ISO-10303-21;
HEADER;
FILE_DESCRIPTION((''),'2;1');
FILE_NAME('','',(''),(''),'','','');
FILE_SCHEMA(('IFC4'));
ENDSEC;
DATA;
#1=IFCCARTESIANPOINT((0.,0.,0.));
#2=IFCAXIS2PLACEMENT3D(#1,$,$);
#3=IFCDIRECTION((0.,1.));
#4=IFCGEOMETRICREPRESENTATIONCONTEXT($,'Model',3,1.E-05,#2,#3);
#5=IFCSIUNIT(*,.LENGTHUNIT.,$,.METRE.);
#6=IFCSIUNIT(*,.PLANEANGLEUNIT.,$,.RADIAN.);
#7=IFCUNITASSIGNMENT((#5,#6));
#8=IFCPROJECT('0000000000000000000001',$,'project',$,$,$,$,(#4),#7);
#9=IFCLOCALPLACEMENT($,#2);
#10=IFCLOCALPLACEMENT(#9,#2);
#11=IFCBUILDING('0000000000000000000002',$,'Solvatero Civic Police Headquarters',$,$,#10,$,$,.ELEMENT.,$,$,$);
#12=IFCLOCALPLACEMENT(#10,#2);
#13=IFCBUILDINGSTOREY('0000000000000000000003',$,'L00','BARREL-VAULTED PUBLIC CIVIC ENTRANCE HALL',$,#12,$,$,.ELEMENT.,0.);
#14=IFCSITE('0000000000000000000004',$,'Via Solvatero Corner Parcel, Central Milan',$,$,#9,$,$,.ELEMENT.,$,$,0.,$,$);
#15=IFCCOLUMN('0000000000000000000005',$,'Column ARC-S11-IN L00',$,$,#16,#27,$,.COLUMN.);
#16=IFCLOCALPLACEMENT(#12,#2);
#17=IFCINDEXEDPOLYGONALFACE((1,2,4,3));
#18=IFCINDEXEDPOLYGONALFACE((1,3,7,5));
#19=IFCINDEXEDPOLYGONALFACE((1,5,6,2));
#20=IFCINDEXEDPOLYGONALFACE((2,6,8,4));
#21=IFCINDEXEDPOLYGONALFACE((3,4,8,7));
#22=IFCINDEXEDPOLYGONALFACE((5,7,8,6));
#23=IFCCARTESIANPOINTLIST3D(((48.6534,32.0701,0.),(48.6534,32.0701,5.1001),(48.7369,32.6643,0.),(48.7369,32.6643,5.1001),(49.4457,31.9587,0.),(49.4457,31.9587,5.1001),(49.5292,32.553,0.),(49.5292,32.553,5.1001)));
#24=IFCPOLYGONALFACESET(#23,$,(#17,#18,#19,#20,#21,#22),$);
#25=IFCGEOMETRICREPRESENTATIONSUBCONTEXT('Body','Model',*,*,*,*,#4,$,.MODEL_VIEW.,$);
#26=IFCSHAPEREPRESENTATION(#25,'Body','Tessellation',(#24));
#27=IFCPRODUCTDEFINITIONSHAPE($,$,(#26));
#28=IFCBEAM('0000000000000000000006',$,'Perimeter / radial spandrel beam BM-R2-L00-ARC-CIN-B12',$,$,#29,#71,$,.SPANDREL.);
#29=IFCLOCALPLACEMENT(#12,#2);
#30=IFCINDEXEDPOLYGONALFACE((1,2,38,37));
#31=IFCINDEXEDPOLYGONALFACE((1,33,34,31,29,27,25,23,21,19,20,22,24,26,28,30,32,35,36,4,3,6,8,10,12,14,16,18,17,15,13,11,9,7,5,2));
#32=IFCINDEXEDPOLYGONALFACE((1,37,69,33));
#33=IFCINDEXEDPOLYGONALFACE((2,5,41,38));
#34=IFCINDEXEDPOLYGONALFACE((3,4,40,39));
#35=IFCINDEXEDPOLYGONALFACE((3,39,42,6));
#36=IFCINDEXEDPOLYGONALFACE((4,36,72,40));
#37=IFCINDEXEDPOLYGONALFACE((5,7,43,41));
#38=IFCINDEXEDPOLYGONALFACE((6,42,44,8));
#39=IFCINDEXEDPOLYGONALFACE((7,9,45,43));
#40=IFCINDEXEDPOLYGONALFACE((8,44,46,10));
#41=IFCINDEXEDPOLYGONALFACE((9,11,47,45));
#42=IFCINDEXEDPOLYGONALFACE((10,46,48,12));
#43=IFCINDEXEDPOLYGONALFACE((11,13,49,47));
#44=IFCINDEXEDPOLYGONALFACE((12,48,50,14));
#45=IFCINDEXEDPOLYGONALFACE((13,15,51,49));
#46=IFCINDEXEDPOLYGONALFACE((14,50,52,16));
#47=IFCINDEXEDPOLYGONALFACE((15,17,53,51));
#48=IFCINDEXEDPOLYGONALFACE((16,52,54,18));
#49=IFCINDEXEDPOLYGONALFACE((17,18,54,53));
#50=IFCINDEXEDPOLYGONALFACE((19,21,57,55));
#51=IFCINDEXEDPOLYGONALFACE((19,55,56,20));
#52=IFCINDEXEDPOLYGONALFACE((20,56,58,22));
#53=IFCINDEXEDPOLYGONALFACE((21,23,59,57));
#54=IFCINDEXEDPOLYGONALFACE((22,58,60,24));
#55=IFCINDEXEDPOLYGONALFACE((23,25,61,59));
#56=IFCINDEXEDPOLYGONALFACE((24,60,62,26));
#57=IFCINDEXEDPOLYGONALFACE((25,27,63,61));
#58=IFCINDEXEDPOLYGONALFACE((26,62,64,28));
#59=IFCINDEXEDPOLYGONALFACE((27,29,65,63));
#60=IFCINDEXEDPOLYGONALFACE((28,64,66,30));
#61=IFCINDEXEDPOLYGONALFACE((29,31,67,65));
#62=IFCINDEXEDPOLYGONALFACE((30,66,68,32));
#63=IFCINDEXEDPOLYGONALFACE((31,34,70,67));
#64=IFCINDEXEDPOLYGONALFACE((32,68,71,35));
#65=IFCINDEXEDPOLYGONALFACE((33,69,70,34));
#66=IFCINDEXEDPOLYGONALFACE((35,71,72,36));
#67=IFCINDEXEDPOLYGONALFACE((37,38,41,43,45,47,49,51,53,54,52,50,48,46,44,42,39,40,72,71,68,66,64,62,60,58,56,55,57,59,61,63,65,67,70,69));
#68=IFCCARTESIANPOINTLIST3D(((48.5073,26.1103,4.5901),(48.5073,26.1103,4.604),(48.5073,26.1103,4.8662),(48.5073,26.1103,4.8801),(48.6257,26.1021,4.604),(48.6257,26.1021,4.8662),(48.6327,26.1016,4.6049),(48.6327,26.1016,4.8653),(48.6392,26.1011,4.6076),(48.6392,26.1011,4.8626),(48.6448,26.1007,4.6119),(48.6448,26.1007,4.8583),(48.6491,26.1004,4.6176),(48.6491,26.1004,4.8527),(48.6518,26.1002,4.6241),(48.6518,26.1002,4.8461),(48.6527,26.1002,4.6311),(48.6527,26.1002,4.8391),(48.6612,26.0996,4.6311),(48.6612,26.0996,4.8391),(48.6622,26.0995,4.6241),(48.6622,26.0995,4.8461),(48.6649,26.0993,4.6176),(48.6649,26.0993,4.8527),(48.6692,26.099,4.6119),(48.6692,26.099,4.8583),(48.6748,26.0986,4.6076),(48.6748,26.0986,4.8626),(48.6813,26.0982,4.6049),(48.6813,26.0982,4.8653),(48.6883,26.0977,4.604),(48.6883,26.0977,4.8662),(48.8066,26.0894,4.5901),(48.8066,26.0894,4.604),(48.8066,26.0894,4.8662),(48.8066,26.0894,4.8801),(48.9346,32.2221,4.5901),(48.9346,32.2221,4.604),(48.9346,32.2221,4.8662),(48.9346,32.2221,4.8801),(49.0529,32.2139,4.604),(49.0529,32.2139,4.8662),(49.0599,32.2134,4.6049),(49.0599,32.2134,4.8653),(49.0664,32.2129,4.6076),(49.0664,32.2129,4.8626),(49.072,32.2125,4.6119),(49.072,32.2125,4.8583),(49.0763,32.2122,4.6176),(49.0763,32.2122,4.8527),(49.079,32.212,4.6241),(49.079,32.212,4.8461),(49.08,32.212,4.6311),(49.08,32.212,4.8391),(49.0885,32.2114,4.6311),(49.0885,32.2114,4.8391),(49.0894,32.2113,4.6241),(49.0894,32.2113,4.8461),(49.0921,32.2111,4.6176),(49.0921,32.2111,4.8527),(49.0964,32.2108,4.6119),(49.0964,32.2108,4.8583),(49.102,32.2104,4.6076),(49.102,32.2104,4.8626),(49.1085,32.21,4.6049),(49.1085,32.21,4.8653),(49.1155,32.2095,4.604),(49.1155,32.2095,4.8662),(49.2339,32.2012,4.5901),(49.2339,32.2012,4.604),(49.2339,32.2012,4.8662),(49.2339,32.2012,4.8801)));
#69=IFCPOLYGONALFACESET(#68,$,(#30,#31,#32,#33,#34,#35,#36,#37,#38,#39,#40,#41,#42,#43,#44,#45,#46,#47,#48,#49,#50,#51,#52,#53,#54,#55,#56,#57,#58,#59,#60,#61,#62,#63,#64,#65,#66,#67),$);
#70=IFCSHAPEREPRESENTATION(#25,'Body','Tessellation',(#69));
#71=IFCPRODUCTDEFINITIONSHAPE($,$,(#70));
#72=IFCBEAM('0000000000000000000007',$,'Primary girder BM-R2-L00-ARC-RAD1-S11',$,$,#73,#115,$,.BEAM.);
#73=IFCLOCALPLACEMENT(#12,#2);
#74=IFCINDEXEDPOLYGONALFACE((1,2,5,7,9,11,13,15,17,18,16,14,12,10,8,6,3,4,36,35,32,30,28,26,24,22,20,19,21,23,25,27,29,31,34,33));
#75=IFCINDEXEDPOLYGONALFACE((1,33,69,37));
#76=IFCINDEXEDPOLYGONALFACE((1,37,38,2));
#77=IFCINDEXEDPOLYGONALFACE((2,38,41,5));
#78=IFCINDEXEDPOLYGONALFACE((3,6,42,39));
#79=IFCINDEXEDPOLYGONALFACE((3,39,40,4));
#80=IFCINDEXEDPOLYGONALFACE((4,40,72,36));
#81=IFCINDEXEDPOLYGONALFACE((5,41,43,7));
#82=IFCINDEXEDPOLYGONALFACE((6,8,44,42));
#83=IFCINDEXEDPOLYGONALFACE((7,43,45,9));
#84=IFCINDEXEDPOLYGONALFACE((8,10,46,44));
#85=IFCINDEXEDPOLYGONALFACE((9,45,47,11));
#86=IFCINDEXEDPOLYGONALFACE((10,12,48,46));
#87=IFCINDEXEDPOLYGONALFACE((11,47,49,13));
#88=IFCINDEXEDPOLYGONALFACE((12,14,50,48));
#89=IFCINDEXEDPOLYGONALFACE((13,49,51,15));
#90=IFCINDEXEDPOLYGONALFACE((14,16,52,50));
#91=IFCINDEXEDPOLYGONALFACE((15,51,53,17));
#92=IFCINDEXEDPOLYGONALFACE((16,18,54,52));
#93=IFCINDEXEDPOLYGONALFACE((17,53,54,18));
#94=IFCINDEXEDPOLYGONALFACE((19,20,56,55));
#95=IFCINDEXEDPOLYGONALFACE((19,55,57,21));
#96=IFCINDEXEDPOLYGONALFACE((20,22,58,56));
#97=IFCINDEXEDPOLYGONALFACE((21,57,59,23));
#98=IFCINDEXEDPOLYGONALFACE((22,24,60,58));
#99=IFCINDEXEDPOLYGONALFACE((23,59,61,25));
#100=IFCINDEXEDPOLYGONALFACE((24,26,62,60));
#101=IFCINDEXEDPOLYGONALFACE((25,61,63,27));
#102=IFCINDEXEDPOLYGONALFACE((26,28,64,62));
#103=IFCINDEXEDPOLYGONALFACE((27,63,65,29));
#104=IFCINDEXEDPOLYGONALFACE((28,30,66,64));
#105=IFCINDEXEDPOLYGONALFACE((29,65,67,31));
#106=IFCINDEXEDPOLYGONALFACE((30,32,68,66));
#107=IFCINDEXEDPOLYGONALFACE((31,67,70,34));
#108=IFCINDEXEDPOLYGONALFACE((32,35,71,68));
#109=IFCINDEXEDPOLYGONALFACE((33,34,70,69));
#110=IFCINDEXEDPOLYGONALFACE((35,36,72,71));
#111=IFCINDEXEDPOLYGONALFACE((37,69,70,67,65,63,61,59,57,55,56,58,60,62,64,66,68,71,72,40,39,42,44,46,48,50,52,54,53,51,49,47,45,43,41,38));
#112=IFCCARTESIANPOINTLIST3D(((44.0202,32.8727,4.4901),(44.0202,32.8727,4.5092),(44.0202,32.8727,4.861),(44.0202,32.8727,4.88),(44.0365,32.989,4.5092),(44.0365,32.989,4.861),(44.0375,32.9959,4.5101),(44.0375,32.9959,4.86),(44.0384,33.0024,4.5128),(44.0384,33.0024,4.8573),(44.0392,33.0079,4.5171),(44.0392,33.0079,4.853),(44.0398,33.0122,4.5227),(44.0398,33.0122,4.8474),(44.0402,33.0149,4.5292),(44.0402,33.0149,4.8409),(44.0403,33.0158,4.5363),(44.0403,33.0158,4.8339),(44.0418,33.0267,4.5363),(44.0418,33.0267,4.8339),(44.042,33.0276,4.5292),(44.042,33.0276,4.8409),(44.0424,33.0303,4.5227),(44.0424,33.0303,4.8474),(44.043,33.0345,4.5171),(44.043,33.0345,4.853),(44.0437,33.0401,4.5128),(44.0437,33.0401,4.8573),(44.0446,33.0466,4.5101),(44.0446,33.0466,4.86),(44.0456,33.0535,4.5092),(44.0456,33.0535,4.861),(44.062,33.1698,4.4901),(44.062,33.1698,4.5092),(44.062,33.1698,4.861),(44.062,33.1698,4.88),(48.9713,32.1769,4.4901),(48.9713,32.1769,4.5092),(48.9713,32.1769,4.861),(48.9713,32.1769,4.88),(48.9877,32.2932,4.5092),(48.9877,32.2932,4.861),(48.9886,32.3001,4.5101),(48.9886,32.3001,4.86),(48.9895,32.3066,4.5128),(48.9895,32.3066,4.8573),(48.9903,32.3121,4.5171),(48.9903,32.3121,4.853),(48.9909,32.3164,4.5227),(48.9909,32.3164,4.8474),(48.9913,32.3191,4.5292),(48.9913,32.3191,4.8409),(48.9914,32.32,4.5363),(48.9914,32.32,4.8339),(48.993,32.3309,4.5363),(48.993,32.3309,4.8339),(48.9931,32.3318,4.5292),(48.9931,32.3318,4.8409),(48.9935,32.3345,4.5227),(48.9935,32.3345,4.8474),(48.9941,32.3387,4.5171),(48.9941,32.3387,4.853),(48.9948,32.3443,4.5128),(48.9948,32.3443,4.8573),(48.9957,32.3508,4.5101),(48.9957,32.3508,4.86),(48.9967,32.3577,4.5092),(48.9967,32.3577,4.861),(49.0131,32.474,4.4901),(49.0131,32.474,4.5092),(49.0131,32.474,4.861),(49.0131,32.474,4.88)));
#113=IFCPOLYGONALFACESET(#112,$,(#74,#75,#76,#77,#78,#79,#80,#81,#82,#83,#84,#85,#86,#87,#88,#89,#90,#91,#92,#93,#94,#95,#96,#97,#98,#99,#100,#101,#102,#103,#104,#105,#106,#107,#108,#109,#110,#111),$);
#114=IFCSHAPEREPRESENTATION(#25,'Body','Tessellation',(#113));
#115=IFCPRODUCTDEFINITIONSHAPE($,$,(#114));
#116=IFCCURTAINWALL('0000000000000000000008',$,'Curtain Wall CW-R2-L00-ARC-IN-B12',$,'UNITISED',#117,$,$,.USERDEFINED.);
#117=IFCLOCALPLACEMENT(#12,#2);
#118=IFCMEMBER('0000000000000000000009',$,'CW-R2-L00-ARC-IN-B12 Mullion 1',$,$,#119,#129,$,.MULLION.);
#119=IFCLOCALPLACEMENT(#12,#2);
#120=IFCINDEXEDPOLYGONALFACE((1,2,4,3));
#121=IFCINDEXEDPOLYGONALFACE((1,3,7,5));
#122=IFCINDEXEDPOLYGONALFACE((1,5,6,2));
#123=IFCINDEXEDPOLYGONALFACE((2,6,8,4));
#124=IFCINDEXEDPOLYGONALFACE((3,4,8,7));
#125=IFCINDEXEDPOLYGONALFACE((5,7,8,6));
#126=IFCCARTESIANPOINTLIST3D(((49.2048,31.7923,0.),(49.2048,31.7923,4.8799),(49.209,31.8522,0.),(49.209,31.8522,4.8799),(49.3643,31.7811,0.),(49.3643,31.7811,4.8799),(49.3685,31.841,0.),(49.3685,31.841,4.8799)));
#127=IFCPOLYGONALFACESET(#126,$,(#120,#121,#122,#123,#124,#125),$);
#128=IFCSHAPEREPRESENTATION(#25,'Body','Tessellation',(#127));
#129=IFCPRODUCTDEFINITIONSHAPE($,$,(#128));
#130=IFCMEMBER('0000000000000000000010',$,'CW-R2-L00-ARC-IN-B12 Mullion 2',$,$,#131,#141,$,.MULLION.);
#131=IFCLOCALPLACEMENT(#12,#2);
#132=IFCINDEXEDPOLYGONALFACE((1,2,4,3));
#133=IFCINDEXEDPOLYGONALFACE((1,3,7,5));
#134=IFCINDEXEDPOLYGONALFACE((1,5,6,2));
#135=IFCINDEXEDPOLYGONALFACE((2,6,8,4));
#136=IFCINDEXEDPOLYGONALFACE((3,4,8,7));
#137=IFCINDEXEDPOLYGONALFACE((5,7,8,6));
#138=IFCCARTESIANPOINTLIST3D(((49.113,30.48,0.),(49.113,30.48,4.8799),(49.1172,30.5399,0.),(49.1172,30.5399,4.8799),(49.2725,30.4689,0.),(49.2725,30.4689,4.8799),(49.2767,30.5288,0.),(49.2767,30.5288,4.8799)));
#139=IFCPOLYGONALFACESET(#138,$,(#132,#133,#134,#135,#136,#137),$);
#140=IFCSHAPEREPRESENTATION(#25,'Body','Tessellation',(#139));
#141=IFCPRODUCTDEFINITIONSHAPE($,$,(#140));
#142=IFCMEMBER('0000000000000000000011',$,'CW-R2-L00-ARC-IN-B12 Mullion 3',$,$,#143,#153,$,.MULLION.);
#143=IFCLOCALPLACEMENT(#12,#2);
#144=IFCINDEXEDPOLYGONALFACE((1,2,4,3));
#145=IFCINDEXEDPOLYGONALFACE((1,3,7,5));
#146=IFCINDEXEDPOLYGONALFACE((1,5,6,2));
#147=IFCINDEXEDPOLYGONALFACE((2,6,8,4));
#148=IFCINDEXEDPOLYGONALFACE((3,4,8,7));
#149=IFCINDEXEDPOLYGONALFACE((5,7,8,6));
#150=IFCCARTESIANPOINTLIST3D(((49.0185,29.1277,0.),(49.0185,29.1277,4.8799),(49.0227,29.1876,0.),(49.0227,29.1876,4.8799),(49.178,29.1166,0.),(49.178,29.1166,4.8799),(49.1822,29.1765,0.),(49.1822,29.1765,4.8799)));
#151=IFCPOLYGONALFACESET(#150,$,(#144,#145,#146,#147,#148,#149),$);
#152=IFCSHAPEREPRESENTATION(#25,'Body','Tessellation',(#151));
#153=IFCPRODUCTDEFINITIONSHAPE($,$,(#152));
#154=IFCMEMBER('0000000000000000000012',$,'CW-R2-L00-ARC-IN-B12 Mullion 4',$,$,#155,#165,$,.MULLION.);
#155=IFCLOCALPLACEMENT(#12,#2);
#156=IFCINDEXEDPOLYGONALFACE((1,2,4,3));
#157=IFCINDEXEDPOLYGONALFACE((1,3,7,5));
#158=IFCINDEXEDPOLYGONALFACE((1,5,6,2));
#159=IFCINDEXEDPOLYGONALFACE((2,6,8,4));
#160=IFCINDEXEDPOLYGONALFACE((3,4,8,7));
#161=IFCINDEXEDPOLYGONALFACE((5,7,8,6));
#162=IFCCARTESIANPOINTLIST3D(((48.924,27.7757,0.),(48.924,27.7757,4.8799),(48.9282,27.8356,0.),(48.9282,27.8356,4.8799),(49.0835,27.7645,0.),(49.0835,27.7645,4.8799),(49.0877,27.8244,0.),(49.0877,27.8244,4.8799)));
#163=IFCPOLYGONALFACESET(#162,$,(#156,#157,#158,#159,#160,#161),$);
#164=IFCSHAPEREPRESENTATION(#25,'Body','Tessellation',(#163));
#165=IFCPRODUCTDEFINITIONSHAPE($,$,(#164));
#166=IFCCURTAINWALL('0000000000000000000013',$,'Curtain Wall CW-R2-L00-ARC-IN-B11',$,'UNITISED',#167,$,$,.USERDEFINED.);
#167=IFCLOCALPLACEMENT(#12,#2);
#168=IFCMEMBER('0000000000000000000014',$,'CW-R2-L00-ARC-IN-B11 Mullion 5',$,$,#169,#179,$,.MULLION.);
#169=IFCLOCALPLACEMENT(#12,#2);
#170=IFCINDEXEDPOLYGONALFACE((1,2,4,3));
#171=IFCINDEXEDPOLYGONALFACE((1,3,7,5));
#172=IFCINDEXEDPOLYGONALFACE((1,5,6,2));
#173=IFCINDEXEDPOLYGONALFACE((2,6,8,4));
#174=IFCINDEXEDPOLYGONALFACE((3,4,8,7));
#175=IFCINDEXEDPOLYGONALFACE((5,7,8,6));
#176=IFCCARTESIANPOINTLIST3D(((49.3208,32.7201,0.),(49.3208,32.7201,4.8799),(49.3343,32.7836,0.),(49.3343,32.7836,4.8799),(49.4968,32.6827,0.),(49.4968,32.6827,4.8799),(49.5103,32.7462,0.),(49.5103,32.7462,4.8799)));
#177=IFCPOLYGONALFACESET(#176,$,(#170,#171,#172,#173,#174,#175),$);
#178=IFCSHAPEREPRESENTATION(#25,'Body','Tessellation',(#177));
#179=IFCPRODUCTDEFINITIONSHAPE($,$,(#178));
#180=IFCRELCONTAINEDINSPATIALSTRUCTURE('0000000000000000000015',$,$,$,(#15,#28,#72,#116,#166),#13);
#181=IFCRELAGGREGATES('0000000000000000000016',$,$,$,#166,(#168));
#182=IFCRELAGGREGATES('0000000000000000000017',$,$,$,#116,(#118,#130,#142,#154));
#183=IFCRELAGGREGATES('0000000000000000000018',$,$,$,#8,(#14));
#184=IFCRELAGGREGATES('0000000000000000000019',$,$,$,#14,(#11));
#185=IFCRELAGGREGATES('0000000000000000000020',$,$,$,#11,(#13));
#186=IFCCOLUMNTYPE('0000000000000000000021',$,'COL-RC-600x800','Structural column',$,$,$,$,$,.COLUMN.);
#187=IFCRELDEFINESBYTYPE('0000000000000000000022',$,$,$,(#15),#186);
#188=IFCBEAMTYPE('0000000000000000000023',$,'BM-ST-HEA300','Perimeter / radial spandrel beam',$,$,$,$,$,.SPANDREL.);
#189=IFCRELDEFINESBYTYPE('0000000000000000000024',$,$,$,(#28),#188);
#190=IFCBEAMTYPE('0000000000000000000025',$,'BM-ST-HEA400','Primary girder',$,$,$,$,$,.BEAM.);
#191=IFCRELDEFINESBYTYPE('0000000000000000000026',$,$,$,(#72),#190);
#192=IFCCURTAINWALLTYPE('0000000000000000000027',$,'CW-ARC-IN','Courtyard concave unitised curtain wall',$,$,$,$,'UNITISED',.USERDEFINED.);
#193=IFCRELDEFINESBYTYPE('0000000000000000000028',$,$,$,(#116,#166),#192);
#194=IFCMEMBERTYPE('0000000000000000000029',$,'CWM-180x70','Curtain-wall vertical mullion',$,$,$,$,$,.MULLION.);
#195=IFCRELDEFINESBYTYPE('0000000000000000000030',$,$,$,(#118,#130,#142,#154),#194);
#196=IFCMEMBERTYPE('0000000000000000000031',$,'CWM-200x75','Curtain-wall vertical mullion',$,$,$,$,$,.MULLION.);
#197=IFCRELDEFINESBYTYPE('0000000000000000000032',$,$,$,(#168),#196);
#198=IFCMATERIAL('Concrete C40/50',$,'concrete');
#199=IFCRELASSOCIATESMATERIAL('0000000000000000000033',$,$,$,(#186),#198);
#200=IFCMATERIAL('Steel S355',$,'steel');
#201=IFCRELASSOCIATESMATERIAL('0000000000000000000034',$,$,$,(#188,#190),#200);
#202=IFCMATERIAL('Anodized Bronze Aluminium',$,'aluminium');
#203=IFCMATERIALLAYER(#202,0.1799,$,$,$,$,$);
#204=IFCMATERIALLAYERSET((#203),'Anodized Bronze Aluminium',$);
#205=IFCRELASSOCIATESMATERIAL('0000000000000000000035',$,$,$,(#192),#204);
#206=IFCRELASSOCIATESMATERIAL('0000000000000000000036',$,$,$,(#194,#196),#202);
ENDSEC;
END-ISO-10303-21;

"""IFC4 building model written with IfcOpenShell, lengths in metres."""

from ifc_helpers import new_model, si_unit, direction, frame, origin, origin_2d, place, context, subcontext, project, spatial, rectangle, i_section, extrude, material, layer, layer_set, material_profile, profile_set, type_object, element, aggregate, save


model = new_model("IFC4")

# Units and contexts
model_context = context("Model", 3, precision=1e-05, world=origin(), true_north=direction((0.0, 1.0)))
body_context = subcontext(model_context, "Body", "Model", "MODEL_VIEW")
ifc_project = project(units=[si_unit("LENGTHUNIT", "METRE"), si_unit("PLANEANGLEUNIT", "RADIAN")], contexts=[model_context])

# Site, building, storey
site_placement = place(None, origin())
site = spatial("IfcSite", under=ifc_project, at=site_placement, Name="Via Solvatero Corner Parcel, Central Milan", CompositionType="ELEMENT", RefElevation=0.0)
building_placement = place(site_placement, origin())
building = spatial("IfcBuilding", under=site, at=building_placement, Name="Solvatero Civic Police Headquarters", CompositionType="ELEMENT")
storey_placement = place(building_placement, origin())
storey = spatial("IfcBuildingStorey", under=building, at=storey_placement, Name="L00", Description="BARREL-VAULTED PUBLIC CIVIC ENTRANCE HALL", CompositionType="ELEMENT", Elevation=0.0)

# Column
ifc_material_1 = material(Name="Concrete C40/50", Category="concrete")
ifc_material_profile_1 = material_profile(ifc_material_1, rectangle(XDim=0.6001, YDim=0.8, at=origin_2d()), Name="RC 600x800")
ifc_profile_set_1 = profile_set([ifc_material_profile_1], Name="Concrete C40/50")
column_type = type_object("IfcColumnType", Name="COL-RC-600x800", Description="Structural column", PredefinedType="COLUMN", material=ifc_profile_set_1)
column_placement = place(storey_placement, frame((49.0913, 32.3115, 0.0), z_axis=(0.0, 0.0, 1.0), x_axis=(0.139173, 0.990268, 0.0)))
element("IfcColumn", 1, at=column_placement, inside=storey, type_object=column_type, Name="Column ARC-S11-IN L00", PredefinedType="COLUMN", context=body_context, shape_type="SweptSolid", body=[
    extrude(rectangle(XDim=0.6001, YDim=0.8, at=origin_2d()), origin(), (0.0, 0.0, 1.0), 5.1001),
])

# Beams
ifc_material_2 = material(Name="Steel S355", Category="steel")
ifc_material_profile_2 = material_profile(ifc_material_2, i_section(OverallWidth=0.3, OverallDepth=0.29, WebThickness=0.0085, FlangeThickness=0.0139, FilletRadius=0.0271, at=origin_2d()), Name="HEA 300")
ifc_profile_set_2 = profile_set([ifc_material_profile_2], Name="Steel S355")
beam_type_1 = type_object("IfcBeamType", Name="BM-ST-HEA300", Description="Perimeter / radial spandrel beam", PredefinedType="SPANDREL", material=ifc_profile_set_2)
beam_1_placement = place(storey_placement, frame((49.0842, 32.2117, 4.7351), z_axis=(-0.069735, -0.997566, 0.0), x_axis=(0.997566, -0.069735, 0.0)))
element("IfcBeam", 2, at=beam_1_placement, inside=storey, type_object=beam_type_1, Name="Perimeter / radial spandrel beam BM-R2-L00-ARC-CIN-B12", PredefinedType="SPANDREL", context=body_context, shape_type="SweptSolid", body=[
    extrude(i_section(OverallWidth=0.3, OverallDepth=0.29, WebThickness=0.0085, FlangeThickness=0.0139, FilletRadius=0.0271, at=origin_2d()), origin(), (0.0, 0.0, 1.0), 6.1267),
])
ifc_material_profile_3 = material_profile(ifc_material_2, i_section(OverallWidth=0.3, OverallDepth=0.3899, WebThickness=0.011, FlangeThickness=0.019, FilletRadius=0.0271, at=origin_2d()), Name="HEA 400")
ifc_profile_set_3 = profile_set([ifc_material_profile_3], Name="Steel S355")
beam_type_2 = type_object("IfcBeamType", Name="BM-ST-HEA400", Description="Primary girder", PredefinedType="BEAM", material=ifc_profile_set_3)
beam_2_placement = place(storey_placement, frame((48.9922, 32.3254, 4.6851), z_axis=(-0.990269, 0.139165, 0.0), x_axis=(-0.139165, -0.990269, 0.0)))
element("IfcBeam", 3, at=beam_2_placement, inside=storey, type_object=beam_type_2, Name="Primary girder BM-R2-L00-ARC-RAD1-S11", PredefinedType="BEAM", context=body_context, shape_type="SweptSolid", body=[
    extrude(i_section(OverallWidth=0.3, OverallDepth=0.3899, WebThickness=0.011, FlangeThickness=0.019, FilletRadius=0.0271, at=origin_2d()), origin(), (0.0, 0.0, 1.0), 4.9998),
])

# Curtain wall, members
ifc_material_3 = material(Name="Anodized Bronze Aluminium", Category="aluminium")
ifc_layer_1 = layer(ifc_material_3, 0.1799)
ifc_layer_set_1 = layer_set([ifc_layer_1], Name="Anodized Bronze Aluminium")
curtain_wall_type = type_object("IfcCurtainWallType", Name="CW-ARC-IN", Description="Courtyard concave unitised curtain wall", ElementType="UNITISED", PredefinedType="USERDEFINED", material=ifc_layer_set_1)
curtain_wall_1_placement = place(storey_placement, origin())
curtain_wall_1 = element("IfcCurtainWall", 4, at=curtain_wall_1_placement, inside=storey, type_object=curtain_wall_type, Name="Curtain Wall CW-R2-L00-ARC-IN-B12", ObjectType="UNITISED", PredefinedType="USERDEFINED")
ifc_material_profile_4 = material_profile(ifc_material_3, rectangle(XDim=0.0601, YDim=0.1599, at=origin_2d()), Name="ALU MULLION 60x160")
ifc_profile_set_4 = profile_set([ifc_material_profile_4], Name="Anodized Bronze Aluminium")
member_type_1 = type_object("IfcMemberType", Name="CWM-180x70", Description="Curtain-wall vertical mullion", PredefinedType="MULLION", material=ifc_profile_set_4)
member_1_placement = place(storey_placement, frame((49.2866, 31.8167, 0.0), z_axis=(0.0, 0.0, 1.0), x_axis=(-0.069756, -0.997564, 0.0)))
member_1 = element("IfcMember", 5, at=member_1_placement, type_object=member_type_1, Name="CW-R2-L00-ARC-IN-B12 Mullion 1", PredefinedType="MULLION", context=body_context, shape_type="SweptSolid", body=[
    extrude(rectangle(XDim=0.0601, YDim=0.1599, at=origin_2d()), origin(), (0.0, 0.0, 1.0), 4.8799),
])
member_2_placement = place(storey_placement, frame((49.1948, 30.5044, 0.0), z_axis=(0.0, 0.0, 1.0), x_axis=(-0.069756, -0.997564, 0.0)))
member_2 = element("IfcMember", 6, at=member_2_placement, type_object=member_type_1, Name="CW-R2-L00-ARC-IN-B12 Mullion 2", PredefinedType="MULLION", context=body_context, shape_type="SweptSolid", body=[
    extrude(rectangle(XDim=0.0601, YDim=0.1599, at=origin_2d()), origin(), (0.0, 0.0, 1.0), 4.8799),
])
member_3_placement = place(storey_placement, frame((49.1003, 29.1521, 0.0), z_axis=(0.0, 0.0, 1.0), x_axis=(-0.069756, -0.997564, 0.0)))
member_3 = element("IfcMember", 7, at=member_3_placement, type_object=member_type_1, Name="CW-R2-L00-ARC-IN-B12 Mullion 3", PredefinedType="MULLION", context=body_context, shape_type="SweptSolid", body=[
    extrude(rectangle(XDim=0.0601, YDim=0.1599, at=origin_2d()), origin(), (0.0, 0.0, 1.0), 4.8799),
])
member_4_placement = place(storey_placement, frame((49.0059, 27.8, 0.0), z_axis=(0.0, 0.0, 1.0), x_axis=(-0.069756, -0.997564, 0.0)))
member_4 = element("IfcMember", 8, at=member_4_placement, type_object=member_type_1, Name="CW-R2-L00-ARC-IN-B12 Mullion 4", PredefinedType="MULLION", context=body_context, shape_type="SweptSolid", body=[
    extrude(rectangle(XDim=0.0601, YDim=0.1599, at=origin_2d()), origin(), (0.0, 0.0, 1.0), 4.8799),
])

# Curtain wall, member
curtain_wall_2_placement = place(storey_placement, origin())
curtain_wall_2 = element("IfcCurtainWall", 9, at=curtain_wall_2_placement, inside=storey, type_object=curtain_wall_type, Name="Curtain Wall CW-R2-L00-ARC-IN-B11", ObjectType="UNITISED", PredefinedType="USERDEFINED")
ifc_material_profile_5 = material_profile(ifc_material_3, rectangle(XDim=0.0649, YDim=0.1799, at=origin_2d()), Name="ALU MULLION 65x180")
ifc_profile_set_5 = profile_set([ifc_material_profile_5], Name="Anodized Bronze Aluminium")
member_type_2 = type_object("IfcMemberType", Name="CWM-200x75", Description="Curtain-wall vertical mullion", PredefinedType="MULLION", material=ifc_profile_set_5)
member_5_placement = place(storey_placement, frame((49.4155, 32.7332, 0.0), z_axis=(0.0, 0.0, 1.0), x_axis=(-0.207912, -0.978148, 0.0)))
member_5 = element("IfcMember", 10, at=member_5_placement, type_object=member_type_2, Name="CW-R2-L00-ARC-IN-B11 Mullion 5", PredefinedType="MULLION", context=body_context, shape_type="SweptSolid", body=[
    extrude(rectangle(XDim=0.0649, YDim=0.1799, at=origin_2d()), origin(), (0.0, 0.0, 1.0), 4.8799),
])
aggregate(curtain_wall_2, [member_5])

aggregate(curtain_wall_1, [member_1, member_2, member_3, member_4])

save(model, "model.ifc")
